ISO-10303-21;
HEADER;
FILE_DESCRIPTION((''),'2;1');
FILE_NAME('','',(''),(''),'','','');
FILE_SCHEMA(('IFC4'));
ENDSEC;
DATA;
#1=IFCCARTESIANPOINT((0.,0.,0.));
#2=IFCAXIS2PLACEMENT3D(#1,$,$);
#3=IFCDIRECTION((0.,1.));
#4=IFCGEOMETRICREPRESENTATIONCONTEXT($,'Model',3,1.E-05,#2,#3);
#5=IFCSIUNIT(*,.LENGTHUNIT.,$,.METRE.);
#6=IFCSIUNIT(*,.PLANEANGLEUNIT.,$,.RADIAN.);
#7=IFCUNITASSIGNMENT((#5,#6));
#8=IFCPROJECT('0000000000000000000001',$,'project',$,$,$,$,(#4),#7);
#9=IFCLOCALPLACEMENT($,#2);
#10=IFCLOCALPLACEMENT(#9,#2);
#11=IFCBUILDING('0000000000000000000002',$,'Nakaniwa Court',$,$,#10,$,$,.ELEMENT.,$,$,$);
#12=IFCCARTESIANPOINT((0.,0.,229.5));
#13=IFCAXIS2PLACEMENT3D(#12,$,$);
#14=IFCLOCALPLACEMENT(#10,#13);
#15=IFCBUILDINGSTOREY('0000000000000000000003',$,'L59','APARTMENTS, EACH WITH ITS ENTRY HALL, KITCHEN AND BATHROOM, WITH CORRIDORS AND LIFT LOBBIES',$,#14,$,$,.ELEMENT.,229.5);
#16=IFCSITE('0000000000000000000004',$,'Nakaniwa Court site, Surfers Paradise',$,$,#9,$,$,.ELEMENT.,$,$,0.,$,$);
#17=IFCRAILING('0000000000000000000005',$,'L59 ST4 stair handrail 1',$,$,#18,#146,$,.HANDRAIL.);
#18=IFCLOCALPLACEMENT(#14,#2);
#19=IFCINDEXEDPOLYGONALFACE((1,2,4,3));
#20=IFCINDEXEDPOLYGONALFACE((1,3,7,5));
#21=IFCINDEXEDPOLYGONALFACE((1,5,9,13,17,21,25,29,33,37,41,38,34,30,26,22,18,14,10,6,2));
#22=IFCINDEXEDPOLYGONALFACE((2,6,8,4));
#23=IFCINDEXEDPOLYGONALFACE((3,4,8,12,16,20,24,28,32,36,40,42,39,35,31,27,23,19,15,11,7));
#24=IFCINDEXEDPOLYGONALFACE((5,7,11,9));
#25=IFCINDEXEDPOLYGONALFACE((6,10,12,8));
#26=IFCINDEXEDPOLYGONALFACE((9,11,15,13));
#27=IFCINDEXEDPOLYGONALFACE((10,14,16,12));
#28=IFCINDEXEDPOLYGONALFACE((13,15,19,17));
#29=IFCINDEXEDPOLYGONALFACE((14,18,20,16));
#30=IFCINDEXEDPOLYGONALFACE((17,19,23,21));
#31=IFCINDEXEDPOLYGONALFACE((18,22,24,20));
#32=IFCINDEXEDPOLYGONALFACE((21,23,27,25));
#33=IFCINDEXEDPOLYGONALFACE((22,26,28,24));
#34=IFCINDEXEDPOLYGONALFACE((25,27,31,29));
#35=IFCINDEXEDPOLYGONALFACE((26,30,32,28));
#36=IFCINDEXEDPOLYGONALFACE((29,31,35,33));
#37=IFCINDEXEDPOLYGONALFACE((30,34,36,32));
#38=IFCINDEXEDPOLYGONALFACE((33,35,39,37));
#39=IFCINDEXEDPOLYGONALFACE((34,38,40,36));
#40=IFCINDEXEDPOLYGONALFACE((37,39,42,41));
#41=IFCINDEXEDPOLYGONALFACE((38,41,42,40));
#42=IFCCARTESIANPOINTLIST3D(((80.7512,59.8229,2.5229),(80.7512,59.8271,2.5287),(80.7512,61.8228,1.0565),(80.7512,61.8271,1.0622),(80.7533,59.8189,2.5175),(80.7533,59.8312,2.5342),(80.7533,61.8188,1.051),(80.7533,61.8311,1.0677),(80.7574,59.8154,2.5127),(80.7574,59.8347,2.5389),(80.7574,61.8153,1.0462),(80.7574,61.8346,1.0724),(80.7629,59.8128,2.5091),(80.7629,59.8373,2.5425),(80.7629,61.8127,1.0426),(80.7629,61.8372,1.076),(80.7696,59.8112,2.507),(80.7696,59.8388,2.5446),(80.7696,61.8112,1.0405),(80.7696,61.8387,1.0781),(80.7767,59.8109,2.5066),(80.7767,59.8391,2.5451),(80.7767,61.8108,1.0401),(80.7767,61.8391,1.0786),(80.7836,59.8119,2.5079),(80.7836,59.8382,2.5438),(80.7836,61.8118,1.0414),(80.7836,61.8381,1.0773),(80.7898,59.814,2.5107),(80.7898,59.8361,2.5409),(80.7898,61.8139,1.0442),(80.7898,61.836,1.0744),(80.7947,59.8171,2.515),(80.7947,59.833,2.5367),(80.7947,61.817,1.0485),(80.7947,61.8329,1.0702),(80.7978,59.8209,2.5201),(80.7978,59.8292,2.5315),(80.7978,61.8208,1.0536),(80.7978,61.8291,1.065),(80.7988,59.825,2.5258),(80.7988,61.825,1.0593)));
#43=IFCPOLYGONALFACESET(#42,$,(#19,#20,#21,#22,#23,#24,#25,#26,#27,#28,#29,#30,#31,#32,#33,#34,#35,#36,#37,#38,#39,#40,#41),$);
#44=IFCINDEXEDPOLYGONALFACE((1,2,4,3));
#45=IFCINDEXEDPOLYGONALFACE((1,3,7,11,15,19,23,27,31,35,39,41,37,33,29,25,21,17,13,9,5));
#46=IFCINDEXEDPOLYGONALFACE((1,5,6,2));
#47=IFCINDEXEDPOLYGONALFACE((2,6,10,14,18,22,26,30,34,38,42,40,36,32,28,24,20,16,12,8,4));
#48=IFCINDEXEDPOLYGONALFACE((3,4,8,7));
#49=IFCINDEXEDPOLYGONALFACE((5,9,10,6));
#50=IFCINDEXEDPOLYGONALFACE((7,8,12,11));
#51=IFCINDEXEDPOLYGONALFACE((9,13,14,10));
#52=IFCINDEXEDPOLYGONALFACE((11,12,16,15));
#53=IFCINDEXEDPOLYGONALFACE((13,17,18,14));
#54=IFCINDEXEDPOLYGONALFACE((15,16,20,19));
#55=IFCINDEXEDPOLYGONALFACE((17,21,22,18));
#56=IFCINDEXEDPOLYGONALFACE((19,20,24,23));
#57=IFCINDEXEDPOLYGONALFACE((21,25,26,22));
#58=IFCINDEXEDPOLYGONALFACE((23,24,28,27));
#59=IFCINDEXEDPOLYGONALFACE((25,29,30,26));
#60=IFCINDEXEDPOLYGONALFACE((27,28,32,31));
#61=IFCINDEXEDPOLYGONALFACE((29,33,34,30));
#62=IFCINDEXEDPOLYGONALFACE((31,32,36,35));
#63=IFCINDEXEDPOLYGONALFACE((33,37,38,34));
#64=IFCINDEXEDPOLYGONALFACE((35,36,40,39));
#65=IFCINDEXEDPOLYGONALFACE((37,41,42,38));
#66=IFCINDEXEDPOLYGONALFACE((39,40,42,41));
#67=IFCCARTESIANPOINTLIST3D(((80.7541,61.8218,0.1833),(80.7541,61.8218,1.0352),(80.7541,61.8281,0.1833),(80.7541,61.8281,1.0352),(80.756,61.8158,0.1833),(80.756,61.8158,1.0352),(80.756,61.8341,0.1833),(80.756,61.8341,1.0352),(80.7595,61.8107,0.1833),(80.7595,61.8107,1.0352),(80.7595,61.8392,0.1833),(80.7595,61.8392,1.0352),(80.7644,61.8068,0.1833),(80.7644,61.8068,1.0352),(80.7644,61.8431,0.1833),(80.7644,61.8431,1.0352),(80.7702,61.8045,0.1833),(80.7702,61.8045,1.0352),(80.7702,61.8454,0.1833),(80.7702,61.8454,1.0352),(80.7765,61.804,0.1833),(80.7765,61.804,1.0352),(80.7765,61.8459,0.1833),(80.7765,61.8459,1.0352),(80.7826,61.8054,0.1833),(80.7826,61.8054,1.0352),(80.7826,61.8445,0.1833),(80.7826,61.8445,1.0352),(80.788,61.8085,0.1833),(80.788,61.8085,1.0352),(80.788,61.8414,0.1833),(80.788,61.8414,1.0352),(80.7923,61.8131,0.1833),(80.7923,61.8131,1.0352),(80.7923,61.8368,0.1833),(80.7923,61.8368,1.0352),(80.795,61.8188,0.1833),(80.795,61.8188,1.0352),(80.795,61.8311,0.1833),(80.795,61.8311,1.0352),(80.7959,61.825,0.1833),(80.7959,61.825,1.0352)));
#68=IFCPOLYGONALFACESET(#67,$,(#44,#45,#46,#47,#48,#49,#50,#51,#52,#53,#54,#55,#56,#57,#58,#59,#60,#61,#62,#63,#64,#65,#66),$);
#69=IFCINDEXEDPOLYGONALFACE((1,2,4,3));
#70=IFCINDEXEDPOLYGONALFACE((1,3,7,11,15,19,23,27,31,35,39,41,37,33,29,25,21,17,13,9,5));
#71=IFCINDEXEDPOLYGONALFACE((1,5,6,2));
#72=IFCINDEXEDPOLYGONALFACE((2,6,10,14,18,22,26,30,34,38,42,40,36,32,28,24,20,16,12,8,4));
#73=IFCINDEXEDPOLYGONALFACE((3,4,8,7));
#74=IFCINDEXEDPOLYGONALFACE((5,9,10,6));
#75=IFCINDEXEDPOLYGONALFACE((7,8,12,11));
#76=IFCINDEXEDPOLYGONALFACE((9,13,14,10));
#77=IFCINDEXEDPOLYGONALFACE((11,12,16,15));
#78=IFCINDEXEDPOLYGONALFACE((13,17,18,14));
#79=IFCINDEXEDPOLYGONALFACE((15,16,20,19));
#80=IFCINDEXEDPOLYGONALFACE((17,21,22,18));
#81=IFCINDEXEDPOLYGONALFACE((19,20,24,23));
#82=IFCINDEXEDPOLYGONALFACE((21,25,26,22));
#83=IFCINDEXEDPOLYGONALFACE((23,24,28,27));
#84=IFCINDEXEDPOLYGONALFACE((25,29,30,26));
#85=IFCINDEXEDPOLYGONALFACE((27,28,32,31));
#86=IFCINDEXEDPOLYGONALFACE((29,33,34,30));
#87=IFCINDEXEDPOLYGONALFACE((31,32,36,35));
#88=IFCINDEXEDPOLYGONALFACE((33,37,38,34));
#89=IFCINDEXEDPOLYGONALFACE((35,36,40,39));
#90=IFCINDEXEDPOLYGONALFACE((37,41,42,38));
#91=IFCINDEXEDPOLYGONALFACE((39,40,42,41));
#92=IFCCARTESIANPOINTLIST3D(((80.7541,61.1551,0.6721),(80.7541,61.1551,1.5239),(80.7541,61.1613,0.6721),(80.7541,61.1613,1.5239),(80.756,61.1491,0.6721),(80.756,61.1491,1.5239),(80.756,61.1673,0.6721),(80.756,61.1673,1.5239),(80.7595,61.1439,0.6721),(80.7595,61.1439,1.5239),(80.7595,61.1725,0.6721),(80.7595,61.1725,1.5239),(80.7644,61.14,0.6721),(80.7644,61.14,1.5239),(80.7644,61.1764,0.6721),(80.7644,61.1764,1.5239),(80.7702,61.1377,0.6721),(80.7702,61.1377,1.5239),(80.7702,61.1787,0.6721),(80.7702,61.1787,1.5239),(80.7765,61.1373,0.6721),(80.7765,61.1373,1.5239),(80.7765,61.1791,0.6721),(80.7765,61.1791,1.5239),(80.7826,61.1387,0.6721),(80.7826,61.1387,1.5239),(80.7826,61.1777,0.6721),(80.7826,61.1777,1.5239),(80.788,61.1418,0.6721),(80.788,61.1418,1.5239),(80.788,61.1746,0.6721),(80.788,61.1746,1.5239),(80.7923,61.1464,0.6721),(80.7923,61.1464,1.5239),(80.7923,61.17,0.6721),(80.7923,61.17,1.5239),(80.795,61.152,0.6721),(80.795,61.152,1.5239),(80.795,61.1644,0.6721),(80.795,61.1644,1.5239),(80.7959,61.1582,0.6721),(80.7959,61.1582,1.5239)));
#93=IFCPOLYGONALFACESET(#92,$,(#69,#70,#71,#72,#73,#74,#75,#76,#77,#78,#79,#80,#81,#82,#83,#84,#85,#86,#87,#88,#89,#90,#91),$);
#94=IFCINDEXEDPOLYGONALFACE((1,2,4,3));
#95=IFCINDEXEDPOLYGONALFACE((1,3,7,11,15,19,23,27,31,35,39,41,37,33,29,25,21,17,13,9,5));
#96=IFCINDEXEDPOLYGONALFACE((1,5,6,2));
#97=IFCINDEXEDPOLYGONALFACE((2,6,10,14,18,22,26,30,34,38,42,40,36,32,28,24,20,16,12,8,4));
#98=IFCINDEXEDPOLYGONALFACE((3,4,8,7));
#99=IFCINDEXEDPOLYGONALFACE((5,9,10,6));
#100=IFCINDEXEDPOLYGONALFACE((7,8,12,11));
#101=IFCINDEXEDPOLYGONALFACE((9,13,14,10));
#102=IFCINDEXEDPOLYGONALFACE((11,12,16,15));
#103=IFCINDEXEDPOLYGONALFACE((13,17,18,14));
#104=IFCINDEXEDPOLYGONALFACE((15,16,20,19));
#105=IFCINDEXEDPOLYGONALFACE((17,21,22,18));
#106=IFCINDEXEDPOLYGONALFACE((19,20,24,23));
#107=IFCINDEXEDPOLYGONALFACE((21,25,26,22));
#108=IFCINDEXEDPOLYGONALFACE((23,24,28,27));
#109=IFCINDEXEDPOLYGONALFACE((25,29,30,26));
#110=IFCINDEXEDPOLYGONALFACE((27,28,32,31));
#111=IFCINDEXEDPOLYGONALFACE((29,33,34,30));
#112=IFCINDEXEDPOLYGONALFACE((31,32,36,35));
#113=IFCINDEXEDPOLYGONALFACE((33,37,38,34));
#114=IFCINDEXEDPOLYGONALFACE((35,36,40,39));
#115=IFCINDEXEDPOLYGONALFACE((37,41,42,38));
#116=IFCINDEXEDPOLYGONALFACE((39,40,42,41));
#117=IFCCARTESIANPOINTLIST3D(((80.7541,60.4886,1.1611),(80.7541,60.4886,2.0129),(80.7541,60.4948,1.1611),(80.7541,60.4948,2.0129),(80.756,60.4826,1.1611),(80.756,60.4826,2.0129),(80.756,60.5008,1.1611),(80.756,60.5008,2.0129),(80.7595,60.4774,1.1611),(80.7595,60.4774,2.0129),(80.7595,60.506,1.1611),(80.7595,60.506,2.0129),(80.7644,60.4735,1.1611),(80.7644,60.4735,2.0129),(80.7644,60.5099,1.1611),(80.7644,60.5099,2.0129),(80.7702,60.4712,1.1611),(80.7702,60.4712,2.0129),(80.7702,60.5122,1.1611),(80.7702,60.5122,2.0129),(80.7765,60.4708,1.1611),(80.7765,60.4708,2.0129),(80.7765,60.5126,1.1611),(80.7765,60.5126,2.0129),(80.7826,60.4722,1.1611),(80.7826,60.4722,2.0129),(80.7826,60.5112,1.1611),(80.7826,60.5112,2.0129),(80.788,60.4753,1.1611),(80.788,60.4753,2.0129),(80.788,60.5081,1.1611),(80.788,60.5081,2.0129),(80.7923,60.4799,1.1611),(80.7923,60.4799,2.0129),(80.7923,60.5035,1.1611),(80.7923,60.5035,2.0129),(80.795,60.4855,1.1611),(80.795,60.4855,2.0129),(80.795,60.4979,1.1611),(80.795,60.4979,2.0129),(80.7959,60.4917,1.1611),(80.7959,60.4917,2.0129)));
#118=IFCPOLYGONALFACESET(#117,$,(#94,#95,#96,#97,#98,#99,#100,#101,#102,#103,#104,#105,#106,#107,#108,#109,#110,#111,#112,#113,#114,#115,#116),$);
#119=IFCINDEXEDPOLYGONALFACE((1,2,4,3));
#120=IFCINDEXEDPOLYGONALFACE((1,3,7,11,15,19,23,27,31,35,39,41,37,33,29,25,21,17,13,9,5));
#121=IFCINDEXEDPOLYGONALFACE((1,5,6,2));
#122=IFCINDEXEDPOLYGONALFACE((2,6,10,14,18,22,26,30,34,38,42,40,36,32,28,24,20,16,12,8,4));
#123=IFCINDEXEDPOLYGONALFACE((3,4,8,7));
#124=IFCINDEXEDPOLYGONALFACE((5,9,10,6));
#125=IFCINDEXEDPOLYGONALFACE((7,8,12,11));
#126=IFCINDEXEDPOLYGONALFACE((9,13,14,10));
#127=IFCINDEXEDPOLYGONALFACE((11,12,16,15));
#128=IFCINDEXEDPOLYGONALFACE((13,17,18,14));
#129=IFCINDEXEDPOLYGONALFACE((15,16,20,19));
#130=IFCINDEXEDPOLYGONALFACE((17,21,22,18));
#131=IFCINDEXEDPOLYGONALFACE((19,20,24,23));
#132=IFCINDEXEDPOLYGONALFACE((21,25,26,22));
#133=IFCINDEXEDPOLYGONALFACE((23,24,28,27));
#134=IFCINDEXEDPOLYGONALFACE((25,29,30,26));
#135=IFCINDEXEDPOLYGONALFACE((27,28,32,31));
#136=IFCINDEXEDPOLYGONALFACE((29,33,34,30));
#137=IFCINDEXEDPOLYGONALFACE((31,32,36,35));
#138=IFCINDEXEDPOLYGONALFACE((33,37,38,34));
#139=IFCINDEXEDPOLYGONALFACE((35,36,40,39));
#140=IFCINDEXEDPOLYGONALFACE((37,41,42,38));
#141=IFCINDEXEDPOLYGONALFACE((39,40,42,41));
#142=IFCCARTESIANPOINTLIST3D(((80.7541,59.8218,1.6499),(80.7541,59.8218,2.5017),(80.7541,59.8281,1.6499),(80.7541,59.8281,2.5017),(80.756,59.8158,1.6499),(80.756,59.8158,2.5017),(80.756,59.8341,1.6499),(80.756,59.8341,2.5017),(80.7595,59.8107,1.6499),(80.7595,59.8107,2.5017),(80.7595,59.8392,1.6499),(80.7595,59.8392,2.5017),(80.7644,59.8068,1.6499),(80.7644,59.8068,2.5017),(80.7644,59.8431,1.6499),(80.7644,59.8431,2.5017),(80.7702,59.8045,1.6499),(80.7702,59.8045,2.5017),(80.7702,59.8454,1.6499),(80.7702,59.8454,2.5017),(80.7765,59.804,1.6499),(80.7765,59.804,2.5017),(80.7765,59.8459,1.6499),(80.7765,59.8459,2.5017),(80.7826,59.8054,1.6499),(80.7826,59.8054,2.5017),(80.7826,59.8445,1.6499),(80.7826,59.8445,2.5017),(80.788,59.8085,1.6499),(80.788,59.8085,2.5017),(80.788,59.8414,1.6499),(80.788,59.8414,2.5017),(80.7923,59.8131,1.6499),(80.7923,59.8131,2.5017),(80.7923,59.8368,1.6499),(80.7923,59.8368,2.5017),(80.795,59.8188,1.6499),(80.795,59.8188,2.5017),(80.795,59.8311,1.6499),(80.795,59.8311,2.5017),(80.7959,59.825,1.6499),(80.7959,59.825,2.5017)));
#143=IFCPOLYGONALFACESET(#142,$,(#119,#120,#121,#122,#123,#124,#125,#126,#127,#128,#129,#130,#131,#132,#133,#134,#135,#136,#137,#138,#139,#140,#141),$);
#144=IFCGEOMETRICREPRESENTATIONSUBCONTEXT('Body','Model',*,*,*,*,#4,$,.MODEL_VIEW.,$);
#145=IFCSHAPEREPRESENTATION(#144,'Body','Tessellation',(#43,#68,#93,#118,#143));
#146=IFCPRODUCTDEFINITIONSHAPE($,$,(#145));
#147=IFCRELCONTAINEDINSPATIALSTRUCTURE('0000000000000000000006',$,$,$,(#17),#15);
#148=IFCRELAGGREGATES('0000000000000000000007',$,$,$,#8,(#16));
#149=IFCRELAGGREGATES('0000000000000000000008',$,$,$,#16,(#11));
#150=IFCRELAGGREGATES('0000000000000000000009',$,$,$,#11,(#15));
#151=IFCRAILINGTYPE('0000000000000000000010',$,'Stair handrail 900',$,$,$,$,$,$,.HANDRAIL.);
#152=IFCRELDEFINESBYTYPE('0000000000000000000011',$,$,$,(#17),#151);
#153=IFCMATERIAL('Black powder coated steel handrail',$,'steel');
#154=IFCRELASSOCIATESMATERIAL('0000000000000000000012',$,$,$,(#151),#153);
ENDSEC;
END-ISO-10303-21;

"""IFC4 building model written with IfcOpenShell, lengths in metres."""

from ifc_helpers import new_model, si_unit, direction, frame, origin, origin_2d, place, context, subcontext, project, spatial, circle, extrude, material, type_object, element, save


model = new_model("IFC4")

# Units and contexts
model_context = context("Model", 3, precision=1e-05, world=origin(), true_north=direction((0.0, 1.0)))
body_context = subcontext(model_context, "Body", "Model", "MODEL_VIEW")
ifc_project = project(units=[si_unit("LENGTHUNIT", "METRE"), si_unit("PLANEANGLEUNIT", "RADIAN")], contexts=[model_context])

# Site, building, storey
site_placement = place(None, origin())
site = spatial("IfcSite", under=ifc_project, at=site_placement, Name="Nakaniwa Court site, Surfers Paradise", CompositionType="ELEMENT", RefElevation=0.0)
building_placement = place(site_placement, origin())
building = spatial("IfcBuilding", under=site, at=building_placement, Name="Nakaniwa Court", CompositionType="ELEMENT")
storey_placement = place(building_placement, frame((0.0, 0.0, 229.5)))
storey = spatial("IfcBuildingStorey", under=building, at=storey_placement, Name="L59", Description="APARTMENTS, EACH WITH ITS ENTRY HALL, KITCHEN AND BATHROOM, WITH CORRIDORS AND LIFT LOBBIES", CompositionType="ELEMENT", Elevation=229.5)

# Railing
ifc_material_1 = material(Name="Black powder coated steel handrail", Category="steel")
railing_type_1 = type_object("IfcRailingType", Name="Stair handrail 900", PredefinedType="HANDRAIL", material=ifc_material_1)
railing_1_placement = place(storey_placement, frame((80.7749, 61.825, 0.1833)))
element("IfcRailing", 1, at=railing_1_placement, inside=storey, type_object=railing_type_1, Name="L59 ST4 stair handrail 1", PredefinedType="HANDRAIL", context=body_context, shape_type="SweptSolid", body=[
    extrude(circle(Radius=0.0239, at=origin_2d()), frame((0.0, 0.0, 0.876), z_axis=(0.0, -0.806427, 0.591334), x_axis=(1.0, 0.0, 0.0)), (0.0, 0.0, 1.0), 2.48),
    extrude(circle(Radius=0.021, at=origin_2d()), origin(), (0.0, 0.0, 1.0), 0.8518),
    extrude(circle(Radius=0.021, at=origin_2d()), frame((0.0, -0.6667, 0.4888)), (0.0, 0.0, 1.0), 0.8518),
    extrude(circle(Radius=0.021, at=origin_2d()), frame((0.0, -1.3333, 0.9778)), (0.0, 0.0, 1.0), 0.8518),
    extrude(circle(Radius=0.021, at=origin_2d()), frame((0.0, -2.0, 1.4666)), (0.0, 0.0, 1.0), 0.8518),
])

save(model, "model.ifc")
